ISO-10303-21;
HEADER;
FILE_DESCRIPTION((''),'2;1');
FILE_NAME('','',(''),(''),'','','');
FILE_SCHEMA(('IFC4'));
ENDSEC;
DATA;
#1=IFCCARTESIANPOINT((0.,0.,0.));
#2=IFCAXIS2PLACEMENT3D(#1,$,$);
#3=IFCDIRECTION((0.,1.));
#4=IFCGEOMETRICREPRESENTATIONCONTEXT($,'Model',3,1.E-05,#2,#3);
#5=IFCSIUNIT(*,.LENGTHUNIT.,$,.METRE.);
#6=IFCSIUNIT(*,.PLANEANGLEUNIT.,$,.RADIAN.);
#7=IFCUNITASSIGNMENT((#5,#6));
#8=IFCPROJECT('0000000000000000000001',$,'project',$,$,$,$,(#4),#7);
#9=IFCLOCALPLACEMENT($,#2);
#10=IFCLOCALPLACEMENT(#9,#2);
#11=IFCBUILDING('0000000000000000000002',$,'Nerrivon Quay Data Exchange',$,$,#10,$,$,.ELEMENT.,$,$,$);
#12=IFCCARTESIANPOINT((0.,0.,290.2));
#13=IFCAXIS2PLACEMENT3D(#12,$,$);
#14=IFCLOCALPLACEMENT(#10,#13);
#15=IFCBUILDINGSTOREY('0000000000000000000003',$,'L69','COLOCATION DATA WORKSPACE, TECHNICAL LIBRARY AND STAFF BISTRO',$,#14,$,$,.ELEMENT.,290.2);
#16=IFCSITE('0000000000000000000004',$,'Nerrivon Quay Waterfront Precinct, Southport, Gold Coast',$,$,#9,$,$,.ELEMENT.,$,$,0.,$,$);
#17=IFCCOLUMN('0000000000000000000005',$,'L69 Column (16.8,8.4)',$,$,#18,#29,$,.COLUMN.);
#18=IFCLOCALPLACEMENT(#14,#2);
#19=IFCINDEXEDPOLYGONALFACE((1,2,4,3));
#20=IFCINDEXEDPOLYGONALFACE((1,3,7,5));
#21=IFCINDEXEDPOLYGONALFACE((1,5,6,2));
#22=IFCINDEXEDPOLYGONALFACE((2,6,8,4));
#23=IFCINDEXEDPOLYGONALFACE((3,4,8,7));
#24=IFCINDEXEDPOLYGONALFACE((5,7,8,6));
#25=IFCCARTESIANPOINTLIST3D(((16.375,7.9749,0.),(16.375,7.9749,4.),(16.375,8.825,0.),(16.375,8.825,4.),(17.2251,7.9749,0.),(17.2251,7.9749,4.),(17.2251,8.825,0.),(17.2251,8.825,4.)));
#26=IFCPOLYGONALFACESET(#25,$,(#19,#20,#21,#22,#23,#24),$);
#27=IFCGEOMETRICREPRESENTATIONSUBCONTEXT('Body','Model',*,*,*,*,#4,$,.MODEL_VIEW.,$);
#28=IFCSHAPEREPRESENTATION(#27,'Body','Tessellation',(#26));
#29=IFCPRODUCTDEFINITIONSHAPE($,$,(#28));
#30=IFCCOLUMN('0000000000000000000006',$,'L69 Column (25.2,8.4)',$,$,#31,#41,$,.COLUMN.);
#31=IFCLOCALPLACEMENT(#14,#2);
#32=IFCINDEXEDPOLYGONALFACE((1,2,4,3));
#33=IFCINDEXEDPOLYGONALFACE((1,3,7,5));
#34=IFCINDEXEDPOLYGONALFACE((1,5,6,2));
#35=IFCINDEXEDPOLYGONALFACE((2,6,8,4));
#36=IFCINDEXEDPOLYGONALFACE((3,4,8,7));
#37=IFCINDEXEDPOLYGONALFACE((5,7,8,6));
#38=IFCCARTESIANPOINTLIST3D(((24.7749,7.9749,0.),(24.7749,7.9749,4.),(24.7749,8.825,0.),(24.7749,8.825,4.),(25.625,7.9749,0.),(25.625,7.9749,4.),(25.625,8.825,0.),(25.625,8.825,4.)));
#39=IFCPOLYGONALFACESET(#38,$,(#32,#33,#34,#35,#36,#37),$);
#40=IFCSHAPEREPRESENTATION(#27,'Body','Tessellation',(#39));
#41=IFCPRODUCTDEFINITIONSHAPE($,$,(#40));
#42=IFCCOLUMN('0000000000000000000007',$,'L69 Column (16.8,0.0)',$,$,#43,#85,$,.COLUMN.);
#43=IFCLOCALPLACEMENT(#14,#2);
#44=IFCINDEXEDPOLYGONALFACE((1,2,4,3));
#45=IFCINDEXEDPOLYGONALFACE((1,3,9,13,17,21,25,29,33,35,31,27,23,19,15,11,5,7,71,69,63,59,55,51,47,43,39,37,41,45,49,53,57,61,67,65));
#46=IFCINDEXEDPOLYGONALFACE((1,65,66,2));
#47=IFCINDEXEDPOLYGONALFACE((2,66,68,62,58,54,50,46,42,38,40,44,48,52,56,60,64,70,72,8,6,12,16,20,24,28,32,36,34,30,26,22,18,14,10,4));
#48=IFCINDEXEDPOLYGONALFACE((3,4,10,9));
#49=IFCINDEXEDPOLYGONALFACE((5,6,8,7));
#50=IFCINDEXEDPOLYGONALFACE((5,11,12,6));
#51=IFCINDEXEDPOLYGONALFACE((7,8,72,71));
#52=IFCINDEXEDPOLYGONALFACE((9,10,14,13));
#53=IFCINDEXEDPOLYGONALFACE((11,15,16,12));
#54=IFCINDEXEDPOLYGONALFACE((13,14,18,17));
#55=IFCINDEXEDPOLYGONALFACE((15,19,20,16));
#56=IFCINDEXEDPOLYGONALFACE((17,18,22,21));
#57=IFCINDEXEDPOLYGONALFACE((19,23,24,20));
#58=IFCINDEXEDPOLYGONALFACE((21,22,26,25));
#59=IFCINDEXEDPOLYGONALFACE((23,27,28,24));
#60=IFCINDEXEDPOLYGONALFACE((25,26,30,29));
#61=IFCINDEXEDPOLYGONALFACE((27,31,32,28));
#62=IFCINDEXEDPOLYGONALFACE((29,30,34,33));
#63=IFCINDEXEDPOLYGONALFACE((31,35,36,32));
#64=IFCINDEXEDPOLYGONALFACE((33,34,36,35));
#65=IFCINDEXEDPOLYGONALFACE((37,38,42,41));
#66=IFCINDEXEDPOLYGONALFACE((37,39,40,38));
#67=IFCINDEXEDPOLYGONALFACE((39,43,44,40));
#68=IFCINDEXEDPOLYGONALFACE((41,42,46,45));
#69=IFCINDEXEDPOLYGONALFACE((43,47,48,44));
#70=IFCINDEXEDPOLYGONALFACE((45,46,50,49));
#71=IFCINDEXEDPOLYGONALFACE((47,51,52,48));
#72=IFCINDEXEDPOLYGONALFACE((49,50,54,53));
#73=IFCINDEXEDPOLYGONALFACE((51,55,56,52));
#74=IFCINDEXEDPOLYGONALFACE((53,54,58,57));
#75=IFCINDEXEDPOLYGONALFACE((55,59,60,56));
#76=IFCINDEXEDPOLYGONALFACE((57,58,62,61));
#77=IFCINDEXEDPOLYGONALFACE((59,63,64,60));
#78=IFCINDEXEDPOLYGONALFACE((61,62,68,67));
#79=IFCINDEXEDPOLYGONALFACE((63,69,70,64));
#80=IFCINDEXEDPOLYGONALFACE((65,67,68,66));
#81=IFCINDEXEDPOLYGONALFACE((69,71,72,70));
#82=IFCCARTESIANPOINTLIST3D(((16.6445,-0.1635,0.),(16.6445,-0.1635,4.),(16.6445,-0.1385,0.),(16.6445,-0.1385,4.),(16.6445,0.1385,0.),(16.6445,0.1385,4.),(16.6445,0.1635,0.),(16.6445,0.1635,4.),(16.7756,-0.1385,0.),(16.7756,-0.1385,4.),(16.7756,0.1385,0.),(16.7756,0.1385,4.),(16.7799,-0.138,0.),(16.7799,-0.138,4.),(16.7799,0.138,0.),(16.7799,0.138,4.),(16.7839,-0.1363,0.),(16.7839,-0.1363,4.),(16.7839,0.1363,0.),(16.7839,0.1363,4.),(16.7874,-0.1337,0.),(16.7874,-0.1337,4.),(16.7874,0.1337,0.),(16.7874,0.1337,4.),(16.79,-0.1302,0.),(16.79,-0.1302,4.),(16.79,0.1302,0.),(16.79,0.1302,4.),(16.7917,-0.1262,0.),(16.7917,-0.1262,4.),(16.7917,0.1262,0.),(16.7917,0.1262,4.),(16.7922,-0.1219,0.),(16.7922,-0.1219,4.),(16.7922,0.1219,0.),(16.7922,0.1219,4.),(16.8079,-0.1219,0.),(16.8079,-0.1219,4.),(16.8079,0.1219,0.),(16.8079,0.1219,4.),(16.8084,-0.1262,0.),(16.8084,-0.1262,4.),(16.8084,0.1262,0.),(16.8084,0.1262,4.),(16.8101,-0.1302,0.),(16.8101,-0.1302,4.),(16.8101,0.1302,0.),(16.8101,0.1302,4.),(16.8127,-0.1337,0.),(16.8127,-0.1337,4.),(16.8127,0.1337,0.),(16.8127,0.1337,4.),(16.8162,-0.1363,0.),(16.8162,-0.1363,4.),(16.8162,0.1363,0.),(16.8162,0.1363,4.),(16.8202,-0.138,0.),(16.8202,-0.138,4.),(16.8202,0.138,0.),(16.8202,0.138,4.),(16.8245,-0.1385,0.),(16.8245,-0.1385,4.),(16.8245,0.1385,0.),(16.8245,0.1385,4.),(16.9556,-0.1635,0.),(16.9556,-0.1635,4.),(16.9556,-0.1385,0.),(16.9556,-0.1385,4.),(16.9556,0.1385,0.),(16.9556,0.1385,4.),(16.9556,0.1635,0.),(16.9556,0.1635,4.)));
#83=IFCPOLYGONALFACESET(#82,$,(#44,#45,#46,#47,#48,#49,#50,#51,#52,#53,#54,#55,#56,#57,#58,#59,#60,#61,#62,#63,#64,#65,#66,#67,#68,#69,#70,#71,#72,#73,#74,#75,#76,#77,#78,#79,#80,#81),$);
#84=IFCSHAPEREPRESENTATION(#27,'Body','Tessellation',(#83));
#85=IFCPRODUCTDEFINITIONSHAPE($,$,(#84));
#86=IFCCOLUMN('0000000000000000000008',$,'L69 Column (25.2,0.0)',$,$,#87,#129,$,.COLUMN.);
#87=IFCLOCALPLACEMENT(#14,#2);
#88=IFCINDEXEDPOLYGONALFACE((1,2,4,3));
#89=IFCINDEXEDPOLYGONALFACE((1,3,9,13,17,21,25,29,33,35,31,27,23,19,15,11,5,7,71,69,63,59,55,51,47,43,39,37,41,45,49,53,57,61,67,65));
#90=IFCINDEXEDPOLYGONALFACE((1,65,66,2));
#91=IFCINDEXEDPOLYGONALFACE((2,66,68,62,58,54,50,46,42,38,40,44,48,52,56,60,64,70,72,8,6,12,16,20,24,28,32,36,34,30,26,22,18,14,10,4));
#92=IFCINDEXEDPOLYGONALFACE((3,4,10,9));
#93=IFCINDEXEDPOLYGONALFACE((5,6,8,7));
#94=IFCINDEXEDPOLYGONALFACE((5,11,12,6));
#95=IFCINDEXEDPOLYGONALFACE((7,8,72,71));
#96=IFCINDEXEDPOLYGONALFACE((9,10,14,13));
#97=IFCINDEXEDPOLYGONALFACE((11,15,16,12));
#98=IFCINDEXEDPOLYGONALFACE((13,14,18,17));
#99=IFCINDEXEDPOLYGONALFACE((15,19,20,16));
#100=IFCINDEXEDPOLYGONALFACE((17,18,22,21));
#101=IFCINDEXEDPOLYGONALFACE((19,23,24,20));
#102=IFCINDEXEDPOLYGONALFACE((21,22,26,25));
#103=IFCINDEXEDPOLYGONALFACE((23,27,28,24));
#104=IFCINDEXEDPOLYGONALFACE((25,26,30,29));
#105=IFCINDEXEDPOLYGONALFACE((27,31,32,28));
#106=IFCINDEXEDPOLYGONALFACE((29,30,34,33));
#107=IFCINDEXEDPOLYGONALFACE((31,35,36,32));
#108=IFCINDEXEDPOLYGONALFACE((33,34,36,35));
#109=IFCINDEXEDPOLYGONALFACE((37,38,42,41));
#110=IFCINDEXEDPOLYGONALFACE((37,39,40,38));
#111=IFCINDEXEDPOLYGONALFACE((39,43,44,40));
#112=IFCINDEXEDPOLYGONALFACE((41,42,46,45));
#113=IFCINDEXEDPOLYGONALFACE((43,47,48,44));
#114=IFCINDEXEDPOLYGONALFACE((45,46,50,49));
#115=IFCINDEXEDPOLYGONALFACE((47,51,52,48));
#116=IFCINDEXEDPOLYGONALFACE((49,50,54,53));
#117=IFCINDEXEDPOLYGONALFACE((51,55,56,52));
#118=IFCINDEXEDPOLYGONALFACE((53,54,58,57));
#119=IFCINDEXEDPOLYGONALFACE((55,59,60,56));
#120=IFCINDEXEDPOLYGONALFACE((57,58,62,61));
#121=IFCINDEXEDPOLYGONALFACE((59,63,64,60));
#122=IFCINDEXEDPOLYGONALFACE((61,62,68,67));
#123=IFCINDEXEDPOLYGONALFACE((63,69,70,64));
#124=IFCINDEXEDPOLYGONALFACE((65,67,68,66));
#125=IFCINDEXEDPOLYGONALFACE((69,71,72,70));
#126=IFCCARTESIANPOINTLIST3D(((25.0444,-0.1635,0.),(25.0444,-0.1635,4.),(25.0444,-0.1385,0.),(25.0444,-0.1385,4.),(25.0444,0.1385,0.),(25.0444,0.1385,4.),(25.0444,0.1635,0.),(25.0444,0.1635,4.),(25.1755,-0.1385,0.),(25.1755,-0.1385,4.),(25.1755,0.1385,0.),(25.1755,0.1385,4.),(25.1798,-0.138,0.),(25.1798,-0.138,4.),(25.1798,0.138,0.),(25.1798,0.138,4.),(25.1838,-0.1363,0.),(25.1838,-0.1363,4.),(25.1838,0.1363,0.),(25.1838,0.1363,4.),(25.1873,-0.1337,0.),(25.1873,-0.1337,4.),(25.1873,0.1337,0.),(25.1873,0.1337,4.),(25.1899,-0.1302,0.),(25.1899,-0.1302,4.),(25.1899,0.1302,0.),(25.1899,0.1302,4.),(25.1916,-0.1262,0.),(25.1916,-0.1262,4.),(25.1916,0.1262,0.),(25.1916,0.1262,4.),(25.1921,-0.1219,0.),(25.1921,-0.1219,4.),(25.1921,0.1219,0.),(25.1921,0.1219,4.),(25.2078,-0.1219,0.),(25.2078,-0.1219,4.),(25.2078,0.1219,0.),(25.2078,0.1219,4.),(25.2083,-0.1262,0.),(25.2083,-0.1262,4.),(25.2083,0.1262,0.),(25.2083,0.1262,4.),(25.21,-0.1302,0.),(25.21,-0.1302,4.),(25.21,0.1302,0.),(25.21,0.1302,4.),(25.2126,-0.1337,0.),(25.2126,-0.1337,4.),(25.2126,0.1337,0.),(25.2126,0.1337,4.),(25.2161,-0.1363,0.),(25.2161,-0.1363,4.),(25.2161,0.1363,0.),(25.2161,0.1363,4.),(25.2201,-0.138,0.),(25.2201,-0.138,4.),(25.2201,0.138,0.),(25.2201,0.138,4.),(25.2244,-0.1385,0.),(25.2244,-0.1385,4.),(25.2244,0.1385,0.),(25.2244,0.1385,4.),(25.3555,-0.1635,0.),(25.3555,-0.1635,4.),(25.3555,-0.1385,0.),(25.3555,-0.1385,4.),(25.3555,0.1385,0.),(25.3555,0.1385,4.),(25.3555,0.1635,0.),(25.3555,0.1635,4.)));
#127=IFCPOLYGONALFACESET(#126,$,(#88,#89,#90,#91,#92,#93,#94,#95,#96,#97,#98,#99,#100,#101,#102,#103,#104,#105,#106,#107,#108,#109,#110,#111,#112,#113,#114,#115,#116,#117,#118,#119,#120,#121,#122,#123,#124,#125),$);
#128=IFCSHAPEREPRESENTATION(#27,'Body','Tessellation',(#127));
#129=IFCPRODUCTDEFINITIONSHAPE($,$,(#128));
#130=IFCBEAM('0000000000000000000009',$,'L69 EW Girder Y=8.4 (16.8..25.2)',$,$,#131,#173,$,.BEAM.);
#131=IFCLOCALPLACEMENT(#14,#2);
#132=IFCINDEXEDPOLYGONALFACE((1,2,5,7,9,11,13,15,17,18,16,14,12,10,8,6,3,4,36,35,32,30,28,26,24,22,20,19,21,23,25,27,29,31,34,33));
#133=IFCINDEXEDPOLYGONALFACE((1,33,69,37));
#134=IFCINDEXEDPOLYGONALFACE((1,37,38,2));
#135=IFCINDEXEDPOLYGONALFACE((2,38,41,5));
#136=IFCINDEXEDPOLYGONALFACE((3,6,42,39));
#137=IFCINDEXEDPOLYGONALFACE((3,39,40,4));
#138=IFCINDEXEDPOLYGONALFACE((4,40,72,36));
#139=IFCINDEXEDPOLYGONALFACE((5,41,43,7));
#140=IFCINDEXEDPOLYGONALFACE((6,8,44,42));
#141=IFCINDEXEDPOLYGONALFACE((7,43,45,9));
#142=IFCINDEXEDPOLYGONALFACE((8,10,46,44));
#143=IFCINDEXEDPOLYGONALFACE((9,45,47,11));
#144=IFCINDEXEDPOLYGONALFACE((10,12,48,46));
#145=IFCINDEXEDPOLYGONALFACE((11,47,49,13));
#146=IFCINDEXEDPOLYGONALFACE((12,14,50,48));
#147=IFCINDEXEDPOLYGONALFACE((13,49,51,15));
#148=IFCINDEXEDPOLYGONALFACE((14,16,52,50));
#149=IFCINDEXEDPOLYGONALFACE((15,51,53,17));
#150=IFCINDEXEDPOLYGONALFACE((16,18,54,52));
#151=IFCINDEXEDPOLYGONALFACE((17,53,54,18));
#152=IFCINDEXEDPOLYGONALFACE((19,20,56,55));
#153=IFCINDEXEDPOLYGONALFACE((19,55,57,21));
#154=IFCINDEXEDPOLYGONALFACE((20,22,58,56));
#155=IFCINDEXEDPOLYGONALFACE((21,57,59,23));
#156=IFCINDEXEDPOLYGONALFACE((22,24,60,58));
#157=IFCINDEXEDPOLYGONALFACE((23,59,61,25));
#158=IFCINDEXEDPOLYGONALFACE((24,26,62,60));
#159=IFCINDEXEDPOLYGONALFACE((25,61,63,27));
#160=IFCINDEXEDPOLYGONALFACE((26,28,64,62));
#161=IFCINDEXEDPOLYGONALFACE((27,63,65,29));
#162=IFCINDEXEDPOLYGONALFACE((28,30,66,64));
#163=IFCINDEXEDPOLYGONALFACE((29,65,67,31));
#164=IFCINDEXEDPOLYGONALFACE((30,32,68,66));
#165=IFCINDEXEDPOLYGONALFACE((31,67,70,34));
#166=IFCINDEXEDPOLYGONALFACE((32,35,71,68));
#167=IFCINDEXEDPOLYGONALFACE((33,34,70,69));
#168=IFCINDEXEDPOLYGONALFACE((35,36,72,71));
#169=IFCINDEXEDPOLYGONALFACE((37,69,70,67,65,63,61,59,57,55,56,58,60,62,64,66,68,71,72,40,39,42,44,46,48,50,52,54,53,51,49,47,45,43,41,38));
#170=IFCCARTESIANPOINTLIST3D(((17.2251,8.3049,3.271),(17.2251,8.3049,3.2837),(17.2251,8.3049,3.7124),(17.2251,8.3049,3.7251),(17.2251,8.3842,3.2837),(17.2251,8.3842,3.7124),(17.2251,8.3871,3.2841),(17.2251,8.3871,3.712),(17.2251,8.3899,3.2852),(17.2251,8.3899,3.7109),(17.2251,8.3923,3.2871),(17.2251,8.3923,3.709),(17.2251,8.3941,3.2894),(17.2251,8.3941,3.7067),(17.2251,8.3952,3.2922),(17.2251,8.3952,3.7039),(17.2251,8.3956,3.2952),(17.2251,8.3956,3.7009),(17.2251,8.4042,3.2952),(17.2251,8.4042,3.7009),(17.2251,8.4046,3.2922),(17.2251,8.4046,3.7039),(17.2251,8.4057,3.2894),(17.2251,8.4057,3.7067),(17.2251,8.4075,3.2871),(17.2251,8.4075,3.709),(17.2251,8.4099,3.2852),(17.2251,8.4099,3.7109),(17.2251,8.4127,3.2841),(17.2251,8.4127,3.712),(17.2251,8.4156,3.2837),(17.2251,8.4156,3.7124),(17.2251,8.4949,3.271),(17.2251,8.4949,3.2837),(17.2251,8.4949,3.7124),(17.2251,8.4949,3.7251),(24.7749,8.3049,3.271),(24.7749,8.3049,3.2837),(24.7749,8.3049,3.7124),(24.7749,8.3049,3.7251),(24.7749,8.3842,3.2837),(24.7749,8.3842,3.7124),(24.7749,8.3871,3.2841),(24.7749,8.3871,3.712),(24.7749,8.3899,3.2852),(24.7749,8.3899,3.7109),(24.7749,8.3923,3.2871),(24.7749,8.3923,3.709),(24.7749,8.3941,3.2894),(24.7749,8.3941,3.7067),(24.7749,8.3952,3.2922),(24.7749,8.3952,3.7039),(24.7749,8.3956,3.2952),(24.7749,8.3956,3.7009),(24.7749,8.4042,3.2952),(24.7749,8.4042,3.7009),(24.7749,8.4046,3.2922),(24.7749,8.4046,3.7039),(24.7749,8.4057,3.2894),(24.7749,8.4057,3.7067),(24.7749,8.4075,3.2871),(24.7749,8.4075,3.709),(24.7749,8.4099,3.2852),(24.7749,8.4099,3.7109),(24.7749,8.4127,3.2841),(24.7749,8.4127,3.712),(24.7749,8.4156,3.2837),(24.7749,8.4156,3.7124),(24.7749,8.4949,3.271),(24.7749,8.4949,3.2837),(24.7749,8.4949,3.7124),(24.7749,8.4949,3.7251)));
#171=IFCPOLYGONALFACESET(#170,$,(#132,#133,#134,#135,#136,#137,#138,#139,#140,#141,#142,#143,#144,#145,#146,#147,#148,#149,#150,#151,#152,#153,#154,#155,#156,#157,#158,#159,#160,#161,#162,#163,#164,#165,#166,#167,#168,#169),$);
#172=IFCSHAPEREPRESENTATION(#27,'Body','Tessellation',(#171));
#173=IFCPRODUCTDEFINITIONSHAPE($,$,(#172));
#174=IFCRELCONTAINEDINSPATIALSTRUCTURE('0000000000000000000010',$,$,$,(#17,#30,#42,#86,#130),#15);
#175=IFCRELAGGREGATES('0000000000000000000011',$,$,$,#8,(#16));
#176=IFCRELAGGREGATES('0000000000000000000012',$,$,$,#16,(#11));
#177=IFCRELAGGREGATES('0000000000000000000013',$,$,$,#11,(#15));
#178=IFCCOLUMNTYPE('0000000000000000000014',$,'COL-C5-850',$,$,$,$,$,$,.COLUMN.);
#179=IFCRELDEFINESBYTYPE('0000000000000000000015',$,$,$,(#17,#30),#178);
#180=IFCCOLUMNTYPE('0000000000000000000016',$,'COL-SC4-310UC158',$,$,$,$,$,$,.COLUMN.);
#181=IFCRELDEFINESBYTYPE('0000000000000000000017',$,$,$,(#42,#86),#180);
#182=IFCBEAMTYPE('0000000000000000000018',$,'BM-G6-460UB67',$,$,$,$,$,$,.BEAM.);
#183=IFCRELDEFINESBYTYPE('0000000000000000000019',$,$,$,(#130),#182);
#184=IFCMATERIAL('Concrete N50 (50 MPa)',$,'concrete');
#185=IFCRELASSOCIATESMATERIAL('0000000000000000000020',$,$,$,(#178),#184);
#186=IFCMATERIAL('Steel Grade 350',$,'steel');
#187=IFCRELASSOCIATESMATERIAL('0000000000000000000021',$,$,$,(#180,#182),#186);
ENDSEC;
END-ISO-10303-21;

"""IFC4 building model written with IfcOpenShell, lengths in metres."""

from ifc_helpers import new_model, si_unit, direction, frame, origin, origin_2d, place, context, subcontext, project, spatial, rectangle, i_section, extrude, material, material_profile, profile_set, type_object, element, save


model = new_model("IFC4")

# Units and contexts
model_context = context("Model", 3, precision=1e-05, world=origin(), true_north=direction((0.0, 1.0)))
body_context = subcontext(model_context, "Body", "Model", "MODEL_VIEW")
ifc_project = project(units=[si_unit("LENGTHUNIT", "METRE"), si_unit("PLANEANGLEUNIT", "RADIAN")], contexts=[model_context])

# Site, building, storey
site_placement = place(None, origin())
site = spatial("IfcSite", under=ifc_project, at=site_placement, Name="Nerrivon Quay Waterfront Precinct, Southport, Gold Coast", CompositionType="ELEMENT", RefElevation=0.0)
building_placement = place(site_placement, origin())
building = spatial("IfcBuilding", under=site, at=building_placement, Name="Nerrivon Quay Data Exchange", CompositionType="ELEMENT")
storey_placement = place(building_placement, frame((0.0, 0.0, 290.2)))
storey = spatial("IfcBuildingStorey", under=building, at=storey_placement, Name="L69", Description="COLOCATION DATA WORKSPACE, TECHNICAL LIBRARY AND STAFF BISTRO", CompositionType="ELEMENT", Elevation=290.2)

# Columns
ifc_material_1 = material(Name="Concrete N50 (50 MPa)", Category="concrete")
ifc_material_profile_1 = material_profile(ifc_material_1, rectangle(XDim=0.8501, YDim=0.8501, at=origin_2d()), Name="RC-COL-850x850")
ifc_profile_set_1 = profile_set([ifc_material_profile_1], Name="Concrete N50 (50 MPa)")
column_type_1 = type_object("IfcColumnType", Name="COL-C5-850", PredefinedType="COLUMN", material=ifc_profile_set_1)
for number, where, z_axis, x_axis, name in (
    (1, (16.8, 8.3999, 0.0), (0.0, 0.0, 1.0), (1.0, 0.0, 0.0), "L69 Column (16.8,8.4)"),
    (2, (25.2, 8.3999, 0.0), (0.0, 0.0, 1.0), (1.0, 0.0, 0.0), "L69 Column (25.2,8.4)"),
):
    element("IfcColumn", number, at=place(storey_placement, frame(where, z_axis=z_axis, x_axis=x_axis)), inside=storey, type_object=column_type_1, Name=name, PredefinedType="COLUMN", context=body_context, shape_type="SweptSolid", body=[
        extrude(rectangle(XDim=0.8501, YDim=0.8501, at=origin_2d()), origin(), (0.0, 0.0, 1.0), 4.0),
    ])
ifc_material_2 = material(Name="Steel Grade 350", Category="steel")
ifc_material_profile_2 = material_profile(ifc_material_2, i_section(OverallWidth=0.311, OverallDepth=0.3269, WebThickness=0.0156, FlangeThickness=0.0249, FilletRadius=0.0166, at=origin_2d()), Name="310UC158")
ifc_profile_set_2 = profile_set([ifc_material_profile_2], Name="Steel Grade 350")
column_type_2 = type_object("IfcColumnType", Name="COL-SC4-310UC158", PredefinedType="COLUMN", material=ifc_profile_set_2)
for number, where, z_axis, x_axis, name in (
    (3, (16.8, 0.0, 0.0), (0.0, 0.0, 1.0), (1.0, 0.0, 0.0), "L69 Column (16.8,0.0)"),
    (4, (25.2, 0.0, 0.0), (0.0, 0.0, 1.0), (1.0, 0.0, 0.0), "L69 Column (25.2,0.0)"),
):
    element("IfcColumn", number, at=place(storey_placement, frame(where, z_axis=z_axis, x_axis=x_axis)), inside=storey, type_object=column_type_2, Name=name, PredefinedType="COLUMN", context=body_context, shape_type="SweptSolid", body=[
        extrude(i_section(OverallWidth=0.311, OverallDepth=0.3269, WebThickness=0.0156, FlangeThickness=0.0249, FilletRadius=0.0166, at=origin_2d()), origin(), (0.0, 0.0, 1.0), 4.0),
    ])

# Beam
ifc_material_profile_3 = material_profile(ifc_material_2, i_section(OverallWidth=0.1899, OverallDepth=0.4541, WebThickness=0.0085, FlangeThickness=0.0127, FilletRadius=0.0115, at=origin_2d()), Name="460UB67.1")
ifc_profile_set_3 = profile_set([ifc_material_profile_3], Name="Steel Grade 350")
beam_type_1 = type_object("IfcBeamType", Name="BM-G6-460UB67", PredefinedType="BEAM", material=ifc_profile_set_3)
beam_1_placement = place(storey_placement, frame((17.2251, 8.3999, 3.498), z_axis=(1.0, 0.0, 0.0), x_axis=(0.0, 1.0, 0.0)))
element("IfcBeam", 5, at=beam_1_placement, inside=storey, type_object=beam_type_1, Name="L69 EW Girder Y=8.4 (16.8..25.2)", PredefinedType="BEAM", context=body_context, shape_type="SweptSolid", body=[
    extrude(i_section(OverallWidth=0.1899, OverallDepth=0.4541, WebThickness=0.0085, FlangeThickness=0.0127, FilletRadius=0.0115, at=origin_2d()), origin(), (0.0, 0.0, 1.0), 7.5498),
])

save(model, "model.ifc")
